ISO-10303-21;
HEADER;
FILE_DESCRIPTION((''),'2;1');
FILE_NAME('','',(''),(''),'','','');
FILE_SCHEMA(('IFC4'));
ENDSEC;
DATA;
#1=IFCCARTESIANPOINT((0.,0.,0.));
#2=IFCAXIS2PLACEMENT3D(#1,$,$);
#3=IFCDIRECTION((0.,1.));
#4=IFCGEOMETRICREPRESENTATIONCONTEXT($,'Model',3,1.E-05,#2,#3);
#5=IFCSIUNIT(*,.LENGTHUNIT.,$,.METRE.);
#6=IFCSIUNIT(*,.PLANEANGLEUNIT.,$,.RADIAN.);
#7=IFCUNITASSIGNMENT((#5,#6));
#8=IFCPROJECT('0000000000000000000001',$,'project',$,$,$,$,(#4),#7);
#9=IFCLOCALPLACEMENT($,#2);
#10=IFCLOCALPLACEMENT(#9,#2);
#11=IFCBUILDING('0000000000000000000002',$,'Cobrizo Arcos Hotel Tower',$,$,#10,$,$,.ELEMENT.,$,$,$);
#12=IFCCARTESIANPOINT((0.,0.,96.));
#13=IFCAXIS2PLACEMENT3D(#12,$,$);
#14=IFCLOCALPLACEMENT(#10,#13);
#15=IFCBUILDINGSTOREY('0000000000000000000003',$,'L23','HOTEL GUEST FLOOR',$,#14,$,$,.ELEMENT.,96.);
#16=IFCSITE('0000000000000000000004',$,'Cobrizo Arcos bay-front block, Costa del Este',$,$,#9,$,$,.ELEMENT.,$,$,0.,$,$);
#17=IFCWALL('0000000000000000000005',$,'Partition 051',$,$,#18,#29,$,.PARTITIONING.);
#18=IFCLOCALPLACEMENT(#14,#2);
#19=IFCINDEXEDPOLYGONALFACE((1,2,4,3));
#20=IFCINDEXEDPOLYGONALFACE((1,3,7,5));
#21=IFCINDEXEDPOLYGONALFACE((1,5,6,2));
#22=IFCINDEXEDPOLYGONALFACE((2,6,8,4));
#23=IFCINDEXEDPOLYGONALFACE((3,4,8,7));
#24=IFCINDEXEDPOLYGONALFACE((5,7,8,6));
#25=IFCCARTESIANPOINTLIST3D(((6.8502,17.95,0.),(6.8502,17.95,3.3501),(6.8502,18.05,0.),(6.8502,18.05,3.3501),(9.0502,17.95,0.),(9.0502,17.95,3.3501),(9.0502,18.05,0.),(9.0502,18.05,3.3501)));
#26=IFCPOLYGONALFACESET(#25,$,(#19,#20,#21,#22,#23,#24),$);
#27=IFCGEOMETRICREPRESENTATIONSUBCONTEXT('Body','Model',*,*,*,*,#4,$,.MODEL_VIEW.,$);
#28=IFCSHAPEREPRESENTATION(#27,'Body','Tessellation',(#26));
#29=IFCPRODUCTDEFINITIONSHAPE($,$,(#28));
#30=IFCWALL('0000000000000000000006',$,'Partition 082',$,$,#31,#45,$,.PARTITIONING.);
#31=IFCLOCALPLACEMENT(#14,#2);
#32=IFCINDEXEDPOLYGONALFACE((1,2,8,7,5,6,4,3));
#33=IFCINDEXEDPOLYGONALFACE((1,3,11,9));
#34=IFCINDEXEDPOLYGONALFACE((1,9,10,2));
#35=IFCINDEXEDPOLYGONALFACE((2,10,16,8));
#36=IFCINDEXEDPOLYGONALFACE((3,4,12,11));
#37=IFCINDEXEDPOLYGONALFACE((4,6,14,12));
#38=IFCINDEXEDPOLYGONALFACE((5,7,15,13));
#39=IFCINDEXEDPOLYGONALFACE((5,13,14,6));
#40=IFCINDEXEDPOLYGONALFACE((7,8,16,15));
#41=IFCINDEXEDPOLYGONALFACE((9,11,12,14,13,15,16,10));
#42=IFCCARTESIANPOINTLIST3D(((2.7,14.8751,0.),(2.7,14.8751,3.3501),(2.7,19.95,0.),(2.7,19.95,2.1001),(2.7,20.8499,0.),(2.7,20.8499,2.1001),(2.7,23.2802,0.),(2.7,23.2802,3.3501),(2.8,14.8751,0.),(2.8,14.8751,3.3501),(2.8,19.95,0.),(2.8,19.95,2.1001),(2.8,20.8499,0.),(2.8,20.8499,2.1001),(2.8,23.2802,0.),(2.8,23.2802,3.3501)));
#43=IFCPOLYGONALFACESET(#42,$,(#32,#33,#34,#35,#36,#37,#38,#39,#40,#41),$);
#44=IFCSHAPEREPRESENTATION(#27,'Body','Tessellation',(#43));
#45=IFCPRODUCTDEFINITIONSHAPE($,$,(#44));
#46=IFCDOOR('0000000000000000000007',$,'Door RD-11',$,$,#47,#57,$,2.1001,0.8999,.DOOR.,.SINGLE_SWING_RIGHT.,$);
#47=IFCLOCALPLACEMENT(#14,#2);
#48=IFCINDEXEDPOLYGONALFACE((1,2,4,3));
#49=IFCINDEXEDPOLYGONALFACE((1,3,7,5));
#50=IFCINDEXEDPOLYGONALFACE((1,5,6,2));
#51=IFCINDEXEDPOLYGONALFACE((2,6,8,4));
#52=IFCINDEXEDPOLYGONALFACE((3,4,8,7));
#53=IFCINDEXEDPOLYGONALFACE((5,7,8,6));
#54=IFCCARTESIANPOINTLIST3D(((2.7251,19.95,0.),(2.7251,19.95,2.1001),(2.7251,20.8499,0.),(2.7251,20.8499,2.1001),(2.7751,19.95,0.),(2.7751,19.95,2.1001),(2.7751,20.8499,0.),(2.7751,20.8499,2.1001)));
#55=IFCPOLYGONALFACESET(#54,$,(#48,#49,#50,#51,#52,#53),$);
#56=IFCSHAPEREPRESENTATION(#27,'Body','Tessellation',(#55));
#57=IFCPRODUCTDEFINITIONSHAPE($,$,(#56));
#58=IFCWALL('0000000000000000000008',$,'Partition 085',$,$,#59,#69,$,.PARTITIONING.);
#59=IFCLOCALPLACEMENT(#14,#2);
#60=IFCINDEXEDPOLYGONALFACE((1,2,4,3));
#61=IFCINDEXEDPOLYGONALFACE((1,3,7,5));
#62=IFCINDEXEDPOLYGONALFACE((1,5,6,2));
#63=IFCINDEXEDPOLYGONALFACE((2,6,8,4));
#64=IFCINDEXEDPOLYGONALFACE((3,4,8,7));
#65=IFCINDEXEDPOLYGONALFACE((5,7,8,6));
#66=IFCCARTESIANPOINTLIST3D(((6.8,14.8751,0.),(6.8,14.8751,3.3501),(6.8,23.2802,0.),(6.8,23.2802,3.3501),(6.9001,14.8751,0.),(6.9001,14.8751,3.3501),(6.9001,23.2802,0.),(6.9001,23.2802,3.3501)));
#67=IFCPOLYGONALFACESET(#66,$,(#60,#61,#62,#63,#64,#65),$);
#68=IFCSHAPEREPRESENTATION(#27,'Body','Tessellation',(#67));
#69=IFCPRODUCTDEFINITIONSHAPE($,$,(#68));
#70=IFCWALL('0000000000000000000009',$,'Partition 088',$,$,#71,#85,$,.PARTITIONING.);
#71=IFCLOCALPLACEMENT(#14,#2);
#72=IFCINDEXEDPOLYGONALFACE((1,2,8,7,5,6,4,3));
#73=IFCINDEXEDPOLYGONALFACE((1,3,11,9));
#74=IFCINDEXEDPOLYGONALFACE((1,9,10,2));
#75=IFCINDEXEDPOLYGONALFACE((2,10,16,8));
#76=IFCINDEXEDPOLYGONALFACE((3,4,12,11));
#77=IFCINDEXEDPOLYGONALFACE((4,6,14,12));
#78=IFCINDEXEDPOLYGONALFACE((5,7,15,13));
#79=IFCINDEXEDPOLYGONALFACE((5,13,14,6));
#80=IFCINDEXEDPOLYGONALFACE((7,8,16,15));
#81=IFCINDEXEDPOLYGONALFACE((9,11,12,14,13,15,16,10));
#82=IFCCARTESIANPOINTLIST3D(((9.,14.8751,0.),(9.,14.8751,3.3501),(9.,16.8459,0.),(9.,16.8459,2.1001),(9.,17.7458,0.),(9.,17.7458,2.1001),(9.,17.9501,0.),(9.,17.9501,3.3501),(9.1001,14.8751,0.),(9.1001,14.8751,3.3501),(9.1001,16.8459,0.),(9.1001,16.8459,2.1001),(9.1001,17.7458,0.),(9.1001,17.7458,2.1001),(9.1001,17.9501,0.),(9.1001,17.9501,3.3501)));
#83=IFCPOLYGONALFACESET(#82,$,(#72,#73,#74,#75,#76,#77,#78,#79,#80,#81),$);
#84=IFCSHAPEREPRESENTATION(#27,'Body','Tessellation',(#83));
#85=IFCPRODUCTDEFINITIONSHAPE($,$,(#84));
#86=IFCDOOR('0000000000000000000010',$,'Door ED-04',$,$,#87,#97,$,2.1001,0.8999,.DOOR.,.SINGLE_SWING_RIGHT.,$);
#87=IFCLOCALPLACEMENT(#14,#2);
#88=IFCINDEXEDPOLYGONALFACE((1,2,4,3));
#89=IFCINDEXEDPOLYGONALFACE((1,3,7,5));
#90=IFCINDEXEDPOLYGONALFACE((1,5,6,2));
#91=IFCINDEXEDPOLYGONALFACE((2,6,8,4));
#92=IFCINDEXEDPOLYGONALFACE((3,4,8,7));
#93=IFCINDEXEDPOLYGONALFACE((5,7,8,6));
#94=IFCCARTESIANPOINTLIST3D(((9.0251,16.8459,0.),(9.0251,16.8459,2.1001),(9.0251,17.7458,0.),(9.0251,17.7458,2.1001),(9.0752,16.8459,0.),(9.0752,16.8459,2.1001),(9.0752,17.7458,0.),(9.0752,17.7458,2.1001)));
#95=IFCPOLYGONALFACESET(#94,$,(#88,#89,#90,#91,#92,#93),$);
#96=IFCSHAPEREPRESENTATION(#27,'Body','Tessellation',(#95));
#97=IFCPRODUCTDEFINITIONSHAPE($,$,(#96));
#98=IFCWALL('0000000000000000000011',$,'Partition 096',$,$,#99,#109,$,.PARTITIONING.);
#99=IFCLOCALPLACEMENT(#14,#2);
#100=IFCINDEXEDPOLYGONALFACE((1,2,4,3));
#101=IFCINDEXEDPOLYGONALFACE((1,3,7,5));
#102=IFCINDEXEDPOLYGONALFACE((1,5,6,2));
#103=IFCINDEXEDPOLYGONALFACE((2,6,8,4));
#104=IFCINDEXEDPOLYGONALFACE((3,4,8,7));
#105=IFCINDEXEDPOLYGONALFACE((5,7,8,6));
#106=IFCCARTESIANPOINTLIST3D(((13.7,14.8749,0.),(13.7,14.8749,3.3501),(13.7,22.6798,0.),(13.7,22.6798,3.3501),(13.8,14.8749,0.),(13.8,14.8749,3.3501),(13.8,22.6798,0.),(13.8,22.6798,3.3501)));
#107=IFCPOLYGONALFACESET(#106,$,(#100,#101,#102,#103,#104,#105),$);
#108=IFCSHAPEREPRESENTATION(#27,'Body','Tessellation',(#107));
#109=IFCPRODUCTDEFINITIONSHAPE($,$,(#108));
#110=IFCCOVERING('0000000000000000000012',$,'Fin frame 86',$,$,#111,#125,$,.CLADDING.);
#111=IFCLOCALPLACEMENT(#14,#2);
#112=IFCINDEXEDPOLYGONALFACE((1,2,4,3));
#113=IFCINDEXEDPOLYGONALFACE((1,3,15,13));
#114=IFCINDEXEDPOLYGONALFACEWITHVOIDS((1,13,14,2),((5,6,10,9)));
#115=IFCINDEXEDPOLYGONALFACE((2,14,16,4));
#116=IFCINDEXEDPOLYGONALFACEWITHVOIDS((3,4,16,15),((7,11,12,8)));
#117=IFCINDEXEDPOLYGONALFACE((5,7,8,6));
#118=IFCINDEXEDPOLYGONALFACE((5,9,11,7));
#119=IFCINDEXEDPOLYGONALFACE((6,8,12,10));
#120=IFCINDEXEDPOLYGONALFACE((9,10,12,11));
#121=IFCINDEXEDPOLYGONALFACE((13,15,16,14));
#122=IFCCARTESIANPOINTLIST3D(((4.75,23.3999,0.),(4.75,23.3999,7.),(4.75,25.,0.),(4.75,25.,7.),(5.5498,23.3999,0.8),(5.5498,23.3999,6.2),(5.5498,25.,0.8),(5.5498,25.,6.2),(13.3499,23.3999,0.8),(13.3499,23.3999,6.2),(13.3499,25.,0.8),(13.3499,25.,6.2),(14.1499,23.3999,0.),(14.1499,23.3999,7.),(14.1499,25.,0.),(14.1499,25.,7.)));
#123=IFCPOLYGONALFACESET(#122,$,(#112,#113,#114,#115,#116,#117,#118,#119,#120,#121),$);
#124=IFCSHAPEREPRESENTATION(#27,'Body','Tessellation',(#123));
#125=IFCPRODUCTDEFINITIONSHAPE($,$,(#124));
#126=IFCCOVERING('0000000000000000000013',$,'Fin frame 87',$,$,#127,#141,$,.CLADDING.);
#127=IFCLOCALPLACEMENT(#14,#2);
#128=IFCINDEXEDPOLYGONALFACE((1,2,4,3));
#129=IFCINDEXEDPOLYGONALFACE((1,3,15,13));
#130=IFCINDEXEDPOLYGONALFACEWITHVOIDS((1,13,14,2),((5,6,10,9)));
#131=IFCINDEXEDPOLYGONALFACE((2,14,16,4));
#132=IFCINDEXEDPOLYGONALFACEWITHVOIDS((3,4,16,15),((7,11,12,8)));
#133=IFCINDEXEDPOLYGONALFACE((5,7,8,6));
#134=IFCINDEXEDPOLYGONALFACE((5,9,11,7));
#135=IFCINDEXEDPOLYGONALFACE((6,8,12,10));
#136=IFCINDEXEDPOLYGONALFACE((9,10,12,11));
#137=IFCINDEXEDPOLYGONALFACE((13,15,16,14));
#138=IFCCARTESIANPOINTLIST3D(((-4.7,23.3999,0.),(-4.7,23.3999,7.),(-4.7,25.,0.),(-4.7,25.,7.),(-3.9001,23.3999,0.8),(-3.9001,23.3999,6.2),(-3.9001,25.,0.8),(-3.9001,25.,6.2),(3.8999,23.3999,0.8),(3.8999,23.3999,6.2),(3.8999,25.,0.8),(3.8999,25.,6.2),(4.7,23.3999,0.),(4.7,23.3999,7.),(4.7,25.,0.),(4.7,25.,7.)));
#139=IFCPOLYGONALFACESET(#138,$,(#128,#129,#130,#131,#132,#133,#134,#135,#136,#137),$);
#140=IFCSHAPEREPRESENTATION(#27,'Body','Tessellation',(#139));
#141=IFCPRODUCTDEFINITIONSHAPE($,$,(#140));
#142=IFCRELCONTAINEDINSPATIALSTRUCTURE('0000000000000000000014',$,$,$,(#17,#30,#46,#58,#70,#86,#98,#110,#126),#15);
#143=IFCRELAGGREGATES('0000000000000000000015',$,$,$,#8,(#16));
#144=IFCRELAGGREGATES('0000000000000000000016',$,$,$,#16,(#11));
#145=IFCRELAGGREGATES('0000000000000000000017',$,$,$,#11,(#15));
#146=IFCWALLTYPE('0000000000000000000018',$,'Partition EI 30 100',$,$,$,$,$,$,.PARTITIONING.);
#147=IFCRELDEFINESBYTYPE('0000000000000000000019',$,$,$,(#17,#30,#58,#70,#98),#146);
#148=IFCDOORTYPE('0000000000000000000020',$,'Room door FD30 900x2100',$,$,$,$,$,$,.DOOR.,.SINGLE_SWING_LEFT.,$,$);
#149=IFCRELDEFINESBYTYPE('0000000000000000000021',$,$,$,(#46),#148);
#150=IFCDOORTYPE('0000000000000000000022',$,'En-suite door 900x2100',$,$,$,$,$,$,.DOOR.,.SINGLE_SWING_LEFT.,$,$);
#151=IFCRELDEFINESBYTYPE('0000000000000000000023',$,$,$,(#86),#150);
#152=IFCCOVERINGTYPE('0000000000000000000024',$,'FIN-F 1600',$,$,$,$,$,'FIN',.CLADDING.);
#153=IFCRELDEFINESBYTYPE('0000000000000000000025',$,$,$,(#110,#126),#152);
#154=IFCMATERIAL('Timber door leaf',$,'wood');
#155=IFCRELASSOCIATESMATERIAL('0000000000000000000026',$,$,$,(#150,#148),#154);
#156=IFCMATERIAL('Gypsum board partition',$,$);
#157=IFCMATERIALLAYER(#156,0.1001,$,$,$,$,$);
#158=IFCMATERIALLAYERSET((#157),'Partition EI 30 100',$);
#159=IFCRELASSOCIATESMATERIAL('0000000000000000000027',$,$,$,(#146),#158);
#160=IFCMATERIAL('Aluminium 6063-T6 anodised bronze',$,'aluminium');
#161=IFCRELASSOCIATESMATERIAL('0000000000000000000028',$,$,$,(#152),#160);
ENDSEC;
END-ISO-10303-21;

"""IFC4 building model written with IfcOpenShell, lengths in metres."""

from ifc_helpers import new_model, si_unit, direction, frame, frame_2d, origin, place, context, subcontext, project, spatial, polyline, rectangle, outline, extrude, material, layer, layer_set, type_object, element, fill, save


model = new_model("IFC4")

# Units and contexts
model_context = context("Model", 3, precision=1e-05, world=origin(), true_north=direction((0.0, 1.0)))
body_context = subcontext(model_context, "Body", "Model", "MODEL_VIEW")
ifc_project = project(units=[si_unit("LENGTHUNIT", "METRE"), si_unit("PLANEANGLEUNIT", "RADIAN")], contexts=[model_context])

# Site, building, storey
site_placement = place(None, origin())
site = spatial("IfcSite", under=ifc_project, at=site_placement, Name="Cobrizo Arcos bay-front block, Costa del Este", CompositionType="ELEMENT", RefElevation=0.0)
building_placement = place(site_placement, origin())
building = spatial("IfcBuilding", under=site, at=building_placement, Name="Cobrizo Arcos Hotel Tower", CompositionType="ELEMENT")
storey_placement = place(building_placement, frame((0.0, 0.0, 96.0)))
storey = spatial("IfcBuildingStorey", under=building, at=storey_placement, Name="L23", Description="HOTEL GUEST FLOOR", CompositionType="ELEMENT", Elevation=96.0)

# Shared definitions
ifc_material_1 = material(Name="Aluminium 6063-T6 anodised bronze", Category="aluminium")

# Shared definitions
ifc_material_2 = material(Name="Gypsum board partition")

# Shared definitions
ifc_material_3 = material(Name="Timber door leaf", Category="wood")
door_type_1 = type_object("IfcDoorType", Name="En-suite door 900x2100", OperationType="SINGLE_SWING_LEFT", PredefinedType="DOOR", material=ifc_material_3)

# Wall
ifc_layer_1 = layer(ifc_material_2, 0.1001)
ifc_layer_set_1 = layer_set([ifc_layer_1], Name="Partition EI 30 100")
wall_type_1 = type_object("IfcWallType", Name="Partition EI 30 100", PredefinedType="PARTITIONING", material=ifc_layer_set_1)
wall_1_placement = place(storey_placement, frame((6.8501, 18.0, 0.0), z_axis=(0.0, 0.0, 1.0), x_axis=(1.0, 0.0, 0.0)))
element("IfcWall", 1, at=wall_1_placement, inside=storey, type_object=wall_type_1, Name="Partition 051", PredefinedType="PARTITIONING", context=body_context, shape_type="SweptSolid", body=[
    extrude(rectangle(XDim=2.2, YDim=0.1001, at=frame_2d((1.1001, 0.0))), origin(), (0.0, 0.0, 1.0), 3.3501),
])

# Wall, opening, door
wall_2_placement = place(storey_placement, frame((2.75, 14.875, 0.0), z_axis=(0.0, 0.0, 1.0), x_axis=(0.0, 1.0, 0.0)))
wall_2 = element("IfcWall", 2, at=wall_2_placement, inside=storey, type_object=wall_type_1, Name="Partition 082", PredefinedType="PARTITIONING", context=body_context, shape_type="SweptSolid", body=[
    extrude(rectangle(XDim=8.405, YDim=0.1001, at=frame_2d((4.2026, 0.0))), origin(), (0.0, 0.0, 1.0), 3.3501),
])
opening_1_placement = place(wall_2_placement, frame((5.075, 0.0, 0.0)))
opening_1 = element("IfcOpeningElement", 3, at=opening_1_placement, cuts=wall_2, PredefinedType="OPENING", context=body_context, shape_type="SweptSolid", body=[
    extrude(rectangle(XDim=0.8999, YDim=2.1001, at=frame_2d((0.45, 1.05))), frame((0.0, 0.062, 0.0), z_axis=(0.0, -1.0, 0.0), x_axis=(1.0, 0.0, 0.0)), (0.0, 0.0, 1.0), 0.124),
])
door_type_2 = type_object("IfcDoorType", Name="Room door FD30 900x2100", OperationType="SINGLE_SWING_LEFT", PredefinedType="DOOR", material=ifc_material_3)
door_1_placement = place(opening_1_placement, origin())
door_1 = element("IfcDoor", 4, at=door_1_placement, inside=storey, type_object=door_type_2, Name="Door RD-11", OperationType="SINGLE_SWING_RIGHT", OverallHeight=2.1001, OverallWidth=0.8999, PredefinedType="DOOR", context=body_context, shape_type="SweptSolid", body=[
    extrude(rectangle(XDim=0.8999, YDim=2.1001, at=frame_2d((0.45, 1.05))), frame((0.0, 0.0249, 0.0), z_axis=(0.0, -1.0, 0.0), x_axis=(1.0, 0.0, 0.0)), (0.0, 0.0, 1.0), 0.05),
])
fill(opening_1, door_1)

# Wall
wall_3_placement = place(storey_placement, frame((6.8501, 14.875, 0.0), z_axis=(0.0, 0.0, 1.0), x_axis=(0.0, 1.0, 0.0)))
element("IfcWall", 5, at=wall_3_placement, inside=storey, type_object=wall_type_1, Name="Partition 085", PredefinedType="PARTITIONING", context=body_context, shape_type="SweptSolid", body=[
    extrude(rectangle(XDim=8.405, YDim=0.1001, at=frame_2d((4.2026, 0.0))), origin(), (0.0, 0.0, 1.0), 3.3501),
])

# Wall, opening, door
wall_4_placement = place(storey_placement, frame((9.05, 14.875, 0.0), z_axis=(0.0, 0.0, 1.0), x_axis=(0.0, 1.0, 0.0)))
wall_4 = element("IfcWall", 6, at=wall_4_placement, inside=storey, type_object=wall_type_1, Name="Partition 088", PredefinedType="PARTITIONING", context=body_context, shape_type="SweptSolid", body=[
    extrude(rectangle(XDim=3.075, YDim=0.1001, at=frame_2d((1.5376, 0.0))), origin(), (0.0, 0.0, 1.0), 3.3501),
])
opening_2_placement = place(wall_4_placement, frame((1.9709, 0.0, 0.0)))
opening_2 = element("IfcOpeningElement", 7, at=opening_2_placement, cuts=wall_4, PredefinedType="OPENING", context=body_context, shape_type="SweptSolid", body=[
    extrude(rectangle(XDim=0.8999, YDim=2.1001, at=frame_2d((0.45, 1.05))), frame((0.0, 0.062, 0.0), z_axis=(0.0, -1.0, 0.0), x_axis=(1.0, 0.0, 0.0)), (0.0, 0.0, 1.0), 0.124),
])
door_2_placement = place(opening_2_placement, origin())
door_2 = element("IfcDoor", 8, at=door_2_placement, inside=storey, type_object=door_type_1, Name="Door ED-04", OperationType="SINGLE_SWING_RIGHT", OverallHeight=2.1001, OverallWidth=0.8999, PredefinedType="DOOR", context=body_context, shape_type="SweptSolid", body=[
    extrude(rectangle(XDim=0.8999, YDim=2.1001, at=frame_2d((0.45, 1.05))), frame((0.0, 0.0249, 0.0), z_axis=(0.0, -1.0, 0.0), x_axis=(1.0, 0.0, 0.0)), (0.0, 0.0, 1.0), 0.05),
])
fill(opening_2, door_2)

# Wall
wall_5_placement = place(storey_placement, frame((13.75, 14.875, 0.0), z_axis=(0.0, 0.0, 1.0), x_axis=(0.0, 1.0, 0.0)))
element("IfcWall", 9, at=wall_5_placement, inside=storey, type_object=wall_type_1, Name="Partition 096", PredefinedType="PARTITIONING", context=body_context, shape_type="SweptSolid", body=[
    extrude(rectangle(XDim=7.8049, YDim=0.1001, at=frame_2d((3.9023, 0.0))), origin(), (0.0, 0.0, 1.0), 3.3501),
])

# Coverings
covering_type = type_object("IfcCoveringType", Name="FIN-F 1600", ElementType="FIN", PredefinedType="CLADDING", material=ifc_material_1)
for number, where, z_axis, x_axis, name in (
    (10, (14.1499, 23.3999, 0.0), (0.0, 1.0, 0.0), (-1.0, 0.0, 0.0), "Fin frame 86"),
    (11, (4.7, 23.3999, 0.0), (0.0, 1.0, 0.0), (-1.0, 0.0, 0.0), "Fin frame 87"),
):
    element("IfcCovering", number, at=place(storey_placement, frame(where, z_axis=z_axis, x_axis=x_axis)), inside=storey, type_object=covering_type, Name=name, PredefinedType="CLADDING", context=body_context, shape_type="SweptSolid", body=[
        extrude(outline(polyline([(0.0, 7.0), (0.0, 0.0), (9.3999, 0.0), (9.3999, 7.0), (0.0, 7.0)]), holes=[polyline([(8.6001, 0.8), (0.8, 0.8), (0.8, 6.2), (8.6001, 6.2), (8.6001, 0.8)])]), origin(), (0.0, 0.0, 1.0), 1.6001),
    ])

save(model, "model.ifc")
